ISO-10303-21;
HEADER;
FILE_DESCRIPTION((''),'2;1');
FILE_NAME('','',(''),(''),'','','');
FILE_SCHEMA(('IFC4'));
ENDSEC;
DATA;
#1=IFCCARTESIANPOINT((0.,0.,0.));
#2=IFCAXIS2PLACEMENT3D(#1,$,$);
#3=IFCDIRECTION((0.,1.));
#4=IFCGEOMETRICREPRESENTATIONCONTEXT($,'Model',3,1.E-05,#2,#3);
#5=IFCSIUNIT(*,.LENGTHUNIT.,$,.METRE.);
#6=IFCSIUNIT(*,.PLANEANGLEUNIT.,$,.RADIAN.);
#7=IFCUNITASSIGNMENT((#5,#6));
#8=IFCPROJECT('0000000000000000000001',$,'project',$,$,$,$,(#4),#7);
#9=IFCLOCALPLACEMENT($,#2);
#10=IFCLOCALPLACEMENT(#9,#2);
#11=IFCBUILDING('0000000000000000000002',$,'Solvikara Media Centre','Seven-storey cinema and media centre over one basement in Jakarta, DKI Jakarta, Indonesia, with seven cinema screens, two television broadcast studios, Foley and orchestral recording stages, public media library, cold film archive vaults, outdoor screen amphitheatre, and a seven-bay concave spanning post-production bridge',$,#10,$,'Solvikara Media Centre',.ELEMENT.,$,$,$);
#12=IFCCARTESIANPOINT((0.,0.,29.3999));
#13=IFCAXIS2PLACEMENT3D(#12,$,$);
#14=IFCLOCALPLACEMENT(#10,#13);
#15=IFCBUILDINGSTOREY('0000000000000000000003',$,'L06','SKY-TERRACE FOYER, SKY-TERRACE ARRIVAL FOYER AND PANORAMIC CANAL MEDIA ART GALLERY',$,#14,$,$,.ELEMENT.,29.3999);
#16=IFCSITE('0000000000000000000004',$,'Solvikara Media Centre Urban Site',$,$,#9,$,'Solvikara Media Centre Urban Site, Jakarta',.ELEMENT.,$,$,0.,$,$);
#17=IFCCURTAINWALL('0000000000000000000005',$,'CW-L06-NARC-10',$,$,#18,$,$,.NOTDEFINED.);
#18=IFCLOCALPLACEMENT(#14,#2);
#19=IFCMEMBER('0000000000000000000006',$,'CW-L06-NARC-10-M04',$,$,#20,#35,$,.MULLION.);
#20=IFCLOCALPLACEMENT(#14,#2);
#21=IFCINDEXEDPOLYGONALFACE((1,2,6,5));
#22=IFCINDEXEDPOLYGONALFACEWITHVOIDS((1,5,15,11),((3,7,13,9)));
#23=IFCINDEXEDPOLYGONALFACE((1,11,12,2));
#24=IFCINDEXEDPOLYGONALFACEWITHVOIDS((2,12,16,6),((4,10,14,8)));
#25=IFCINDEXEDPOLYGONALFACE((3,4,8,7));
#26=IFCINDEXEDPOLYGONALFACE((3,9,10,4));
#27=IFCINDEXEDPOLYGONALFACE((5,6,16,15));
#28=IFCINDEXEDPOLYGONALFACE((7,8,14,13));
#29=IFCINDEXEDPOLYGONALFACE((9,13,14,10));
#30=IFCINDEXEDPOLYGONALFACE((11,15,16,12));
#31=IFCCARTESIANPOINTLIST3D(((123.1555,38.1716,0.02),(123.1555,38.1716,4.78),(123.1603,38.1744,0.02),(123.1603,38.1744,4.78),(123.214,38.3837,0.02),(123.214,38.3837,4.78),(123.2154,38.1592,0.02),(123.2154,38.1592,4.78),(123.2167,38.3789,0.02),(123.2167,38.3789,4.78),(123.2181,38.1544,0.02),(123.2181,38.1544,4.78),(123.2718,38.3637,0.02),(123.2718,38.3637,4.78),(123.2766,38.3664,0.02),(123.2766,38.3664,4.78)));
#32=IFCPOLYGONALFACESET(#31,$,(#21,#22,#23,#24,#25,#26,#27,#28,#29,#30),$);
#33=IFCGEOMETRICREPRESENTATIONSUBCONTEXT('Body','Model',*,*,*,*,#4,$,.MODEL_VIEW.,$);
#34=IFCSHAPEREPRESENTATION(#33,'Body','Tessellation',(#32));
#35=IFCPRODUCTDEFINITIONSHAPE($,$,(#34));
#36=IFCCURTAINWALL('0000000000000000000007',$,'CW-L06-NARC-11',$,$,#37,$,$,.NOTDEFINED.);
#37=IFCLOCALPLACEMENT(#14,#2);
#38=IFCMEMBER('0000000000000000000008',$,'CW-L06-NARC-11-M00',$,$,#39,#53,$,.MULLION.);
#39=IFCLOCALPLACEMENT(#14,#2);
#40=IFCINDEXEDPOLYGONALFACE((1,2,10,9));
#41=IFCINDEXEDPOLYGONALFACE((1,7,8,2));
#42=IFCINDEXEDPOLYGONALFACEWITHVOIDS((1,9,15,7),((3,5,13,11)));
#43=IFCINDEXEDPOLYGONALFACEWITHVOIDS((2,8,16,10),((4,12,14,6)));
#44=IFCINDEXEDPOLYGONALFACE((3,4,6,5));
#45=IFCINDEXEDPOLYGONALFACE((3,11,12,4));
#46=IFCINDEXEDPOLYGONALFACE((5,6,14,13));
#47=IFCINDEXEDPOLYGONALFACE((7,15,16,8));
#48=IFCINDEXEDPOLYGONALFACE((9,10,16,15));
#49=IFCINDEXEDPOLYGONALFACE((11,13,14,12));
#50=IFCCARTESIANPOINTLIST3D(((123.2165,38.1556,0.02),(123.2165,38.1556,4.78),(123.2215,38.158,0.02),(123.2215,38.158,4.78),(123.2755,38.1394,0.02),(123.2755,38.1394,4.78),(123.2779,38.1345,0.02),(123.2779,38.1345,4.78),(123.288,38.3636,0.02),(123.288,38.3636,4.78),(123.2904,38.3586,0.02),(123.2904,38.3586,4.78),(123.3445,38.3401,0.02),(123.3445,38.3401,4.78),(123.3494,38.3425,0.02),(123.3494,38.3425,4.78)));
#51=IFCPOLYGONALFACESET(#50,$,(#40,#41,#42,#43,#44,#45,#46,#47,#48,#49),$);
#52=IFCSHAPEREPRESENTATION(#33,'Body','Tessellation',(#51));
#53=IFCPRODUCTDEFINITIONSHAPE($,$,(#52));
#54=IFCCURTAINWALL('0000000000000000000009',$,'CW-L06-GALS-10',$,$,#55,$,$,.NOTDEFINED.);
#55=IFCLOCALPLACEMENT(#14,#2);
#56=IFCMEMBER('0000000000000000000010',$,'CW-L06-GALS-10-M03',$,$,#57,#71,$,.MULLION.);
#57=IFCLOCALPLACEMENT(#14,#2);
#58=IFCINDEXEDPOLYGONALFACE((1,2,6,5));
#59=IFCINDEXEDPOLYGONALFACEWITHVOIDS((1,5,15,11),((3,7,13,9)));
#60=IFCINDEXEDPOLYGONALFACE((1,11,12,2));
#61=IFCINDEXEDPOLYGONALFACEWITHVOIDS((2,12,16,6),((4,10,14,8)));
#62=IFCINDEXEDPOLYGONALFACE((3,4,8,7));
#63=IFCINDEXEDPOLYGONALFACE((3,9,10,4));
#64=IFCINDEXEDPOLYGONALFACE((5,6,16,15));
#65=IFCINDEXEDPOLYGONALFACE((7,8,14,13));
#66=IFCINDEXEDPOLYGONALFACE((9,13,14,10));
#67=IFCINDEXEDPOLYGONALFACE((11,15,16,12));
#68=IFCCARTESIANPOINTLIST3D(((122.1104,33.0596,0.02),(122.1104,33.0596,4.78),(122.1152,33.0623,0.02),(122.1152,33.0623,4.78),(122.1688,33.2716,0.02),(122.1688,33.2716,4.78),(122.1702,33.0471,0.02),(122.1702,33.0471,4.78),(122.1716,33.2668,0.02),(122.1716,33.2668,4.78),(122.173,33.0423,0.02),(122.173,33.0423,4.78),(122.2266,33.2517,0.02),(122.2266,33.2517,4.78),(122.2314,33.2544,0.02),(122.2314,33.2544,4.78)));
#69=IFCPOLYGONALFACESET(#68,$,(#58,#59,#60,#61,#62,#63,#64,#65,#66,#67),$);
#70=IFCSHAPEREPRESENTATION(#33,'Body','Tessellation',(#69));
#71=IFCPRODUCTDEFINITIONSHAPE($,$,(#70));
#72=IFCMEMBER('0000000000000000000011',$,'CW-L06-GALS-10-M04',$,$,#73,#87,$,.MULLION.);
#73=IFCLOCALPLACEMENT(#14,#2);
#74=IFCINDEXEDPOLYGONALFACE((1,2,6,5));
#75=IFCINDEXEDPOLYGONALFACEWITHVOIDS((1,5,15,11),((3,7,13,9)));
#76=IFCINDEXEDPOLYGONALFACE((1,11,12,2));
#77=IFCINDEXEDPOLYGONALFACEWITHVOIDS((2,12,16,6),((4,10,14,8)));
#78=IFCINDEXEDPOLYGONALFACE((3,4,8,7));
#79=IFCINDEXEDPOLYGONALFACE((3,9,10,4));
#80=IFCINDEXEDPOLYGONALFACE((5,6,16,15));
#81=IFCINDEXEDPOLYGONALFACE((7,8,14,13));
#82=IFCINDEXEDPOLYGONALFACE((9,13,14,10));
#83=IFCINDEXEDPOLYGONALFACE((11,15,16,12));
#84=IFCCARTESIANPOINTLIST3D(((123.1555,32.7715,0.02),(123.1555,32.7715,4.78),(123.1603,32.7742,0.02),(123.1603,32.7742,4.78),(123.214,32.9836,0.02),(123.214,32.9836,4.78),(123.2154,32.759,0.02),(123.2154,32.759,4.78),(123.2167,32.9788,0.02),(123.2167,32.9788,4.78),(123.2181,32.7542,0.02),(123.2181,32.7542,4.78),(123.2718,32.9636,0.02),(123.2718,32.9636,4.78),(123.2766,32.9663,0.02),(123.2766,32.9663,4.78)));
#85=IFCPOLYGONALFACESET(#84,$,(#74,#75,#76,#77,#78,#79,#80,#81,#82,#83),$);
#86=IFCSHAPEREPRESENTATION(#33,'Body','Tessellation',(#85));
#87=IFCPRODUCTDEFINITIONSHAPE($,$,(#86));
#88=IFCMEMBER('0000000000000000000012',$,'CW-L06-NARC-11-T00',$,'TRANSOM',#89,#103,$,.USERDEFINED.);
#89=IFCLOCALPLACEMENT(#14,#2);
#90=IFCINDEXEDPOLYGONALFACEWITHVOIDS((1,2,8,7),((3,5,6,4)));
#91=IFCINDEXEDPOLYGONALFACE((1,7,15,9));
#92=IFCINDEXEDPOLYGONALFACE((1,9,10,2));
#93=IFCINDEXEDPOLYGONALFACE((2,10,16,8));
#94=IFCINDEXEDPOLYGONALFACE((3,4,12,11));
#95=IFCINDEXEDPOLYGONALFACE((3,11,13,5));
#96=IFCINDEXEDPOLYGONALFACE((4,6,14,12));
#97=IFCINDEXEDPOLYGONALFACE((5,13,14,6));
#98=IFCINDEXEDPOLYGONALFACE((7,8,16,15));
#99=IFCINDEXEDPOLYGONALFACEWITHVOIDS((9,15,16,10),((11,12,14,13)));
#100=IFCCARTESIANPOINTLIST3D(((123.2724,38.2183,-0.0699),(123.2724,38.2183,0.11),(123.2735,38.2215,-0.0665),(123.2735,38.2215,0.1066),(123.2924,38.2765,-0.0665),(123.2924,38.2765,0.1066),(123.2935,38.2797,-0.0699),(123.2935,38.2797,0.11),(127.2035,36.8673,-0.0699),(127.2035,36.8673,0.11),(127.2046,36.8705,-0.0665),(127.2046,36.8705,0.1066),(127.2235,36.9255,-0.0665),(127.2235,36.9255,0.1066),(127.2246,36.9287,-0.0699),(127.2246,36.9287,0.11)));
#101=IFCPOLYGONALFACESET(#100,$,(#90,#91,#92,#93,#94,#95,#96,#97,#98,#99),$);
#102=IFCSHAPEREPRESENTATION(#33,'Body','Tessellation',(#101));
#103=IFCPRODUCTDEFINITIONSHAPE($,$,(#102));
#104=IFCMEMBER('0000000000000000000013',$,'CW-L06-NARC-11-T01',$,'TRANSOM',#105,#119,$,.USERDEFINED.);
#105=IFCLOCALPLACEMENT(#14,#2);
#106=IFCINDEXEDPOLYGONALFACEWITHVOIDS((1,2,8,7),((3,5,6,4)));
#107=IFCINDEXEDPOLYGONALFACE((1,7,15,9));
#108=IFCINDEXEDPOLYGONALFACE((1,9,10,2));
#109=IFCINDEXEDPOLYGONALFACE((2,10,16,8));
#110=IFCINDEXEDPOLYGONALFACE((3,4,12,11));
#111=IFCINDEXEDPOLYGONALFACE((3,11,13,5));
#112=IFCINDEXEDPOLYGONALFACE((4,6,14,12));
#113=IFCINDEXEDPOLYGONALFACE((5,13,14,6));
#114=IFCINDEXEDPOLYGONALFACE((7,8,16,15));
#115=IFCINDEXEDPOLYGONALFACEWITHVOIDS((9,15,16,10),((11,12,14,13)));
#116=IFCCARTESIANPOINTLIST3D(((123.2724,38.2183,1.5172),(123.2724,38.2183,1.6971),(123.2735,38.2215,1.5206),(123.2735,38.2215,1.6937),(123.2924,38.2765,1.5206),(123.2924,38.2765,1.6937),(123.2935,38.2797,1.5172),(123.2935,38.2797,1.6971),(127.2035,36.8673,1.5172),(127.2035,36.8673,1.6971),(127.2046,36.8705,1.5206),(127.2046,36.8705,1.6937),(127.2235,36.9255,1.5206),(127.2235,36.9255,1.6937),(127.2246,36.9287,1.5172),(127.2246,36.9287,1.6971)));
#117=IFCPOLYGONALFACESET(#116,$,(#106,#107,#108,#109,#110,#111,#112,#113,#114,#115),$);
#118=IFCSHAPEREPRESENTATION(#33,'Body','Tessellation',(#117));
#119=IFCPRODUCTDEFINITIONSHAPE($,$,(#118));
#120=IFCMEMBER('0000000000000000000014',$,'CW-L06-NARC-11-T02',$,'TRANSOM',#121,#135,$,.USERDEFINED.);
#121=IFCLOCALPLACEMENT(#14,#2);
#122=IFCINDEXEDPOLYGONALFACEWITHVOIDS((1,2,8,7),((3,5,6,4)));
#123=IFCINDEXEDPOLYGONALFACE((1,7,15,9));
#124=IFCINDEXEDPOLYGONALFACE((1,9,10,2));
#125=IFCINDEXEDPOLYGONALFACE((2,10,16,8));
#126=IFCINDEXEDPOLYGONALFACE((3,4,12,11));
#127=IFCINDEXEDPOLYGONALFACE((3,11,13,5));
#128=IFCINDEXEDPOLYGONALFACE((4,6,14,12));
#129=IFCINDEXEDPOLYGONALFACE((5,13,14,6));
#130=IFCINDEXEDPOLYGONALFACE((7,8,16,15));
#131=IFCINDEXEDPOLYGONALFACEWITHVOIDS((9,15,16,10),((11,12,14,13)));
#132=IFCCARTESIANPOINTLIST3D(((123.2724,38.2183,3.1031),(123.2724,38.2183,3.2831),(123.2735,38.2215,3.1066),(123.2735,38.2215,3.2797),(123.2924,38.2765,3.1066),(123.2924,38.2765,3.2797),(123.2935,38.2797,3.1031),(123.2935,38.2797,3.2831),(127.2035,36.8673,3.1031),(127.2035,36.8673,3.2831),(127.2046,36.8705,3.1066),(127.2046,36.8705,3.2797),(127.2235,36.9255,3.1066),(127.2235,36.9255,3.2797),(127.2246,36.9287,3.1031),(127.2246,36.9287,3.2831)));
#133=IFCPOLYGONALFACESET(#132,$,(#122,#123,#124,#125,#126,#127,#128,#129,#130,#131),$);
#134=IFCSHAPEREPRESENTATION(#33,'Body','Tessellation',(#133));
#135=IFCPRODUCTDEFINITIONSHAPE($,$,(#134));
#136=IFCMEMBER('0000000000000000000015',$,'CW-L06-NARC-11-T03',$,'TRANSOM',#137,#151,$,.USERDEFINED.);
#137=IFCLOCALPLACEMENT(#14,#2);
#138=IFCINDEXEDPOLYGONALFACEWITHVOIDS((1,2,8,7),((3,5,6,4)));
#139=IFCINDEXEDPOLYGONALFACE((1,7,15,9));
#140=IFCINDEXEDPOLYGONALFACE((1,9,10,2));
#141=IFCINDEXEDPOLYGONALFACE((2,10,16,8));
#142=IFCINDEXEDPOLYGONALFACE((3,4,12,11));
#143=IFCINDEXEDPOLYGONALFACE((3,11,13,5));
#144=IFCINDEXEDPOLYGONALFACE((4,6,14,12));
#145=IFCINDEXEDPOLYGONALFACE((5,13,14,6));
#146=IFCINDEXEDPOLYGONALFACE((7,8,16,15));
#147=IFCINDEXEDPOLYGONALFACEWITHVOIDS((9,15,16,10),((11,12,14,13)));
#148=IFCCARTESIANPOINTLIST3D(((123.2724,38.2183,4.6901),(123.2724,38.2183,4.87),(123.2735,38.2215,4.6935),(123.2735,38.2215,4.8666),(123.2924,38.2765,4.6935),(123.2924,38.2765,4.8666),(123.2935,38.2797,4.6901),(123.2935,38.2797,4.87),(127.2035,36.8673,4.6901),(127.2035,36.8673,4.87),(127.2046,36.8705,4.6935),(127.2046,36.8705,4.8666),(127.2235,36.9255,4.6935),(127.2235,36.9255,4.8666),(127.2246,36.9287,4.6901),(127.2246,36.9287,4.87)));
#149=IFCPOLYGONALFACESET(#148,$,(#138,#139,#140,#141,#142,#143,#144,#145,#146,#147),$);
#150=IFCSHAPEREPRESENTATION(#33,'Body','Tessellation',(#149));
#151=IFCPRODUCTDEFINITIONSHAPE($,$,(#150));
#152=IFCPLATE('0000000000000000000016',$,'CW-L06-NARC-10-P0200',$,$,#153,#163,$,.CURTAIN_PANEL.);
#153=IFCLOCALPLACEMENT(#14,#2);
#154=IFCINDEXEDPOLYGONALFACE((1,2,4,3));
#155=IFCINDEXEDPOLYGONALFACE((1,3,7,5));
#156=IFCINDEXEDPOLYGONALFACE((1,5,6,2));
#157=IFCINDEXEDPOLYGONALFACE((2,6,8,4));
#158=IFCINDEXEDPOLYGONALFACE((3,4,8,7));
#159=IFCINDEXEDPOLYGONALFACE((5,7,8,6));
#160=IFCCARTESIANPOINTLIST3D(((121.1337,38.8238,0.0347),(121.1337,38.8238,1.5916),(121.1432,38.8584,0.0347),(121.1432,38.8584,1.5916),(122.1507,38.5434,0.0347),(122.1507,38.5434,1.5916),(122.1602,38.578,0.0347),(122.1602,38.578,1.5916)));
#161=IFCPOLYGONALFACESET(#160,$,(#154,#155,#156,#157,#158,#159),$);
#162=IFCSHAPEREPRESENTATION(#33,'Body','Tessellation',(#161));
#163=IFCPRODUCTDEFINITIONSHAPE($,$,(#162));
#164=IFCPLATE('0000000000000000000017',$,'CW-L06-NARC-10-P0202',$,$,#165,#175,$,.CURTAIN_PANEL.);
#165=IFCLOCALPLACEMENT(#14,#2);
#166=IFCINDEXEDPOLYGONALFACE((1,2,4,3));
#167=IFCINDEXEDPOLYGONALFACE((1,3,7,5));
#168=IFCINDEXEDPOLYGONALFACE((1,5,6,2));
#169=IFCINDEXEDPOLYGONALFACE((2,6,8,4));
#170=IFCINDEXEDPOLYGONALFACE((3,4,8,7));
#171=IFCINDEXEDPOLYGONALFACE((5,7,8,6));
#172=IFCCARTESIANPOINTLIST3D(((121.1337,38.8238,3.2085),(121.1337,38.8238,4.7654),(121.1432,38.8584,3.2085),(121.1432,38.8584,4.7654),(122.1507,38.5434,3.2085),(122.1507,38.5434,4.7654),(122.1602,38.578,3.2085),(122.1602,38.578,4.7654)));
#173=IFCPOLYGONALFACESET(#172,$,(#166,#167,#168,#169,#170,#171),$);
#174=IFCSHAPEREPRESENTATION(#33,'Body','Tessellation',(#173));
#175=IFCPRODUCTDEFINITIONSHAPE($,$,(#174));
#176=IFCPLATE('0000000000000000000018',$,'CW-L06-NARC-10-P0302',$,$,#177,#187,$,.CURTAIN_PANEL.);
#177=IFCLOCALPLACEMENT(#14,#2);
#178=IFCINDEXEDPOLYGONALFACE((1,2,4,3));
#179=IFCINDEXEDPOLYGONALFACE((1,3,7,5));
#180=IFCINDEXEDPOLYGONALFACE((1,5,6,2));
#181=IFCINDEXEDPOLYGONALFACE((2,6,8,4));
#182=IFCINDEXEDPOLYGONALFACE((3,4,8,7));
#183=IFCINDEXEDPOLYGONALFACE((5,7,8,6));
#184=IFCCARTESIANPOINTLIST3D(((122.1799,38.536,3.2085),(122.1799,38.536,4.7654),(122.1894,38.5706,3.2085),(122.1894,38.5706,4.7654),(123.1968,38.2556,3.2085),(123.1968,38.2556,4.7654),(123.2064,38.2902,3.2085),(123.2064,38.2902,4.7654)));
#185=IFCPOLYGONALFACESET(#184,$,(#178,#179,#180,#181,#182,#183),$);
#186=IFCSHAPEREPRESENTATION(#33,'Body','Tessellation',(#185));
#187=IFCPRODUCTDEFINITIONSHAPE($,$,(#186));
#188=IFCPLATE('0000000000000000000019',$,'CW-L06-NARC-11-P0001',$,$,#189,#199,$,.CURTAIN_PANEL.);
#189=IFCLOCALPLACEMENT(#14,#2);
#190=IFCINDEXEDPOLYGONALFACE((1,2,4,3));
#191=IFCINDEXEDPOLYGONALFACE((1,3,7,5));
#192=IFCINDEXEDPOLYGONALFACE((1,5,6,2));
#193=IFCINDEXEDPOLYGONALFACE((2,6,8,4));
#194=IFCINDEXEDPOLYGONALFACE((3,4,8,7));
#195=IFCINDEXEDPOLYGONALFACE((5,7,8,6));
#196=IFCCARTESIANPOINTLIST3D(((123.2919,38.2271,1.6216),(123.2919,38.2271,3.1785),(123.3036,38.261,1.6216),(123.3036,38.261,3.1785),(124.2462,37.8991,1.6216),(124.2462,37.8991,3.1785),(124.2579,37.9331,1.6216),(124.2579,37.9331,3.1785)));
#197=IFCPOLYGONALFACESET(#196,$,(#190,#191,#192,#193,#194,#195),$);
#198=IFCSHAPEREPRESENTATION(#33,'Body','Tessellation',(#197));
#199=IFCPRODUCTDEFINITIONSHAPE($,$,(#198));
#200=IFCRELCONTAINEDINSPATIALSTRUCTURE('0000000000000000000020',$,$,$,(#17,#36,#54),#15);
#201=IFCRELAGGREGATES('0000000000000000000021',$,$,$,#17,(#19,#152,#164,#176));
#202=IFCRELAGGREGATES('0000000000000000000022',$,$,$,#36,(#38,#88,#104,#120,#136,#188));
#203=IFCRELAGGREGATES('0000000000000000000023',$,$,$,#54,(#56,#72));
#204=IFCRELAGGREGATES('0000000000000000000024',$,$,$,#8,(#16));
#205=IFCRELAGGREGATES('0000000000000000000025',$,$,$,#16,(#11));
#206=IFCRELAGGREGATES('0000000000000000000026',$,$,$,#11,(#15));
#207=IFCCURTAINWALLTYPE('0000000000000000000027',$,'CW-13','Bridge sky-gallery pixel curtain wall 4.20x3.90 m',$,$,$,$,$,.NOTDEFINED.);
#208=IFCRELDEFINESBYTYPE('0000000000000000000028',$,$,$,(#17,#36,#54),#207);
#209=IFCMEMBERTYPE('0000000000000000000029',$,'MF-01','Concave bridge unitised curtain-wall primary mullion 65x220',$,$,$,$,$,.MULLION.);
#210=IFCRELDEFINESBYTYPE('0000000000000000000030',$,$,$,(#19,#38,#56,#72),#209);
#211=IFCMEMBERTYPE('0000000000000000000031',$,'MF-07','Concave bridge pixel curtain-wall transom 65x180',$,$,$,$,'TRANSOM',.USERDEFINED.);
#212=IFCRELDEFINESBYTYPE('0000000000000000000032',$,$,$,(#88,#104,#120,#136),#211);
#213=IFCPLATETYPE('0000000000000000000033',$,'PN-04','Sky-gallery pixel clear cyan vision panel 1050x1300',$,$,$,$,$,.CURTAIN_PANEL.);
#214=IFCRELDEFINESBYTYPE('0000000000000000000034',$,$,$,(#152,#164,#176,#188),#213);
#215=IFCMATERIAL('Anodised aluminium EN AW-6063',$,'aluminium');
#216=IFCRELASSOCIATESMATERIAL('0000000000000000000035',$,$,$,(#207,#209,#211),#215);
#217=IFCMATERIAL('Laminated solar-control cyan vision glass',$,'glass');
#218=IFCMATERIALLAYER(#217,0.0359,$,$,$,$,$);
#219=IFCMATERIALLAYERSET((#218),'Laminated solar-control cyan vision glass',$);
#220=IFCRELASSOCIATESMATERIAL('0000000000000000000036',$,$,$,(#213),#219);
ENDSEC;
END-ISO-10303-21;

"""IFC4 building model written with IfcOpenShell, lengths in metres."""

from ifc_helpers import new_model, si_unit, direction, frame, origin, origin_2d, place, context, subcontext, project, spatial, rectangle, hollow_rectangle, extrude, material, layer, layer_set, material_profile, profile_set, type_object, element, aggregate, save


model = new_model("IFC4")

# Units and contexts
model_context = context("Model", 3, precision=1e-05, world=origin(), true_north=direction((0.0, 1.0)))
body_context = subcontext(model_context, "Body", "Model", "MODEL_VIEW")
ifc_project = project(units=[si_unit("LENGTHUNIT", "METRE"), si_unit("PLANEANGLEUNIT", "RADIAN")], contexts=[model_context])

# Site, building, storey
site_placement = place(None, origin())
site = spatial("IfcSite", under=ifc_project, at=site_placement, Name="Solvikara Media Centre Urban Site", LongName="Solvikara Media Centre Urban Site, Jakarta", CompositionType="ELEMENT", RefElevation=0.0)
building_placement = place(site_placement, origin())
building = spatial("IfcBuilding", under=site, at=building_placement, Name="Solvikara Media Centre", Description="Seven-storey cinema and media centre over one basement in Jakarta, DKI Jakarta, Indonesia, with seven cinema screens, two television broadcast studios, Foley and orchestral recording stages, public media library, cold film archive vaults, outdoor screen amphitheatre, and a seven-bay concave spanning post-production bridge", LongName="Solvikara Media Centre", CompositionType="ELEMENT")
storey_placement = place(building_placement, frame((0.0, 0.0, 29.3999)))
storey = spatial("IfcBuildingStorey", under=building, at=storey_placement, Name="L06", Description="SKY-TERRACE FOYER, SKY-TERRACE ARRIVAL FOYER AND PANORAMIC CANAL MEDIA ART GALLERY", CompositionType="ELEMENT", Elevation=29.3999)

# Curtain wall, member
ifc_material_1 = material(Name="Anodised aluminium EN AW-6063", Category="aluminium")
curtain_wall_type = type_object("IfcCurtainWallType", Name="CW-13", Description="Bridge sky-gallery pixel curtain wall 4.20x3.90 m", PredefinedType="NOTDEFINED", material=ifc_material_1)
curtain_wall_1_placement = place(storey_placement, origin())
curtain_wall_1 = element("IfcCurtainWall", 1, at=curtain_wall_1_placement, inside=storey, type_object=curtain_wall_type, Name="CW-L06-NARC-10", PredefinedType="NOTDEFINED")
ifc_material_profile_1 = material_profile(ifc_material_1, hollow_rectangle(XDim=0.0649, YDim=0.22, WallThickness=0.0039, at=origin_2d()), Name="ALU-M 65x220x4")
ifc_profile_set_1 = profile_set([ifc_material_profile_1], Name="Anodised aluminium EN AW-6063")
member_type_1 = type_object("IfcMemberType", Name="MF-01", Description="Concave bridge unitised curtain-wall primary mullion 65x220", PredefinedType="MULLION", material=ifc_profile_set_1)
member_1_placement = place(storey_placement, frame((123.2161, 38.269, 0.02), z_axis=(0.0, 0.0, 1.0), x_axis=(0.96403, -0.265792, 0.0)))
member_1 = element("IfcMember", 2, at=member_1_placement, type_object=member_type_1, Name="CW-L06-NARC-10-M04", PredefinedType="MULLION", context=body_context, shape_type="SweptSolid", body=[
    extrude(hollow_rectangle(XDim=0.0649, YDim=0.22, WallThickness=0.0039, at=origin_2d()), origin(), (0.0, 0.0, 1.0), 4.76),
])

# Curtain wall, member
curtain_wall_2_placement = place(storey_placement, origin())
curtain_wall_2 = element("IfcCurtainWall", 3, at=curtain_wall_2_placement, inside=storey, type_object=curtain_wall_type, Name="CW-L06-NARC-11", PredefinedType="NOTDEFINED")
member_2_placement = place(storey_placement, frame((123.283, 38.249, 0.02), z_axis=(0.0, 0.0, 1.0), x_axis=(0.945706, -0.325024, 0.0)))
member_2 = element("IfcMember", 4, at=member_2_placement, type_object=member_type_1, Name="CW-L06-NARC-11-M00", PredefinedType="MULLION", context=body_context, shape_type="SweptSolid", body=[
    extrude(hollow_rectangle(XDim=0.0649, YDim=0.22, WallThickness=0.0039, at=origin_2d()), origin(), (0.0, 0.0, 1.0), 4.76),
])

# Curtain wall, members
curtain_wall_3_placement = place(storey_placement, origin())
curtain_wall_3 = element("IfcCurtainWall", 5, at=curtain_wall_3_placement, inside=storey, type_object=curtain_wall_type, Name="CW-L06-GALS-10", PredefinedType="NOTDEFINED")
member_3_placement = place(storey_placement, frame((122.1709, 33.157, 0.02), z_axis=(0.0, 0.0, 1.0), x_axis=(0.96403, -0.265792, 0.0)))
member_3 = element("IfcMember", 6, at=member_3_placement, type_object=member_type_1, Name="CW-L06-GALS-10-M03", PredefinedType="MULLION", context=body_context, shape_type="SweptSolid", body=[
    extrude(hollow_rectangle(XDim=0.0649, YDim=0.22, WallThickness=0.0039, at=origin_2d()), origin(), (0.0, 0.0, 1.0), 4.76),
])
member_4_placement = place(storey_placement, frame((123.2161, 32.8689, 0.02), z_axis=(0.0, 0.0, 1.0), x_axis=(0.96403, -0.265792, 0.0)))
member_4 = element("IfcMember", 7, at=member_4_placement, type_object=member_type_1, Name="CW-L06-GALS-10-M04", PredefinedType="MULLION", context=body_context, shape_type="SweptSolid", body=[
    extrude(hollow_rectangle(XDim=0.0649, YDim=0.22, WallThickness=0.0039, at=origin_2d()), origin(), (0.0, 0.0, 1.0), 4.76),
])

# Members
ifc_material_profile_2 = material_profile(ifc_material_1, hollow_rectangle(XDim=0.0649, YDim=0.1799, WallThickness=0.0034, at=origin_2d()), Name="ALU-T 65x180x3.5")
ifc_profile_set_2 = profile_set([ifc_material_profile_2], Name="Anodised aluminium EN AW-6063")
member_type_2 = type_object("IfcMemberType", Name="MF-07", Description="Concave bridge pixel curtain-wall transom 65x180", ElementType="TRANSOM", PredefinedType="USERDEFINED", material=ifc_profile_set_2)
member_5_placement = place(storey_placement, frame((123.283, 38.249, 0.02), z_axis=(0.945706, -0.325024, 0.0), x_axis=(0.325024, 0.945706, 0.0)))
member_5 = element("IfcMember", 8, at=member_5_placement, type_object=member_type_2, Name="CW-L06-NARC-11-T00", ObjectType="TRANSOM", PredefinedType="USERDEFINED", context=body_context, shape_type="SweptSolid", body=[
    extrude(hollow_rectangle(XDim=0.0649, YDim=0.1799, WallThickness=0.0034, at=origin_2d()), origin(), (0.0, 0.0, 1.0), 4.1567),
])
member_6_placement = place(storey_placement, frame((123.283, 38.249, 1.6072), z_axis=(0.945706, -0.325024, 0.0), x_axis=(0.325024, 0.945706, 0.0)))
member_6 = element("IfcMember", 9, at=member_6_placement, type_object=member_type_2, Name="CW-L06-NARC-11-T01", ObjectType="TRANSOM", PredefinedType="USERDEFINED", context=body_context, shape_type="SweptSolid", body=[
    extrude(hollow_rectangle(XDim=0.0649, YDim=0.1799, WallThickness=0.0034, at=origin_2d()), origin(), (0.0, 0.0, 1.0), 4.1567),
])
member_7_placement = place(storey_placement, frame((123.283, 38.249, 3.1931), z_axis=(0.945706, -0.325024, 0.0), x_axis=(0.325024, 0.945706, 0.0)))
member_7 = element("IfcMember", 10, at=member_7_placement, type_object=member_type_2, Name="CW-L06-NARC-11-T02", ObjectType="TRANSOM", PredefinedType="USERDEFINED", context=body_context, shape_type="SweptSolid", body=[
    extrude(hollow_rectangle(XDim=0.0649, YDim=0.1799, WallThickness=0.0034, at=origin_2d()), origin(), (0.0, 0.0, 1.0), 4.1567),
])
member_8_placement = place(storey_placement, frame((123.283, 38.249, 4.78), z_axis=(0.945706, -0.325024, 0.0), x_axis=(0.325024, 0.945706, 0.0)))
member_8 = element("IfcMember", 11, at=member_8_placement, type_object=member_type_2, Name="CW-L06-NARC-11-T03", ObjectType="TRANSOM", PredefinedType="USERDEFINED", context=body_context, shape_type="SweptSolid", body=[
    extrude(hollow_rectangle(XDim=0.0649, YDim=0.1799, WallThickness=0.0034, at=origin_2d()), origin(), (0.0, 0.0, 1.0), 4.1567),
])

# Plates
ifc_material_2 = material(Name="Laminated solar-control cyan vision glass", Category="glass")
ifc_layer_1 = layer(ifc_material_2, 0.0359)
ifc_layer_set_1 = layer_set([ifc_layer_1], Name="Laminated solar-control cyan vision glass")
plate_type_1 = type_object("IfcPlateType", Name="PN-04", Description="Sky-gallery pixel clear cyan vision panel 1050x1300", PredefinedType="CURTAIN_PANEL", material=ifc_layer_set_1)
plate_1_placement = place(storey_placement, frame((121.647, 38.7009, 0.0347), z_axis=(0.0, 0.0, 1.0), x_axis=(0.96403, -0.265792, 0.0)))
plate_1 = element("IfcPlate", 12, at=plate_1_placement, type_object=plate_type_1, Name="CW-L06-NARC-10-P0200", PredefinedType="CURTAIN_PANEL", context=body_context, shape_type="SweptSolid", body=[
    extrude(rectangle(XDim=1.0549, YDim=0.0359, at=origin_2d()), origin(), (0.0, 0.0, 1.0), 1.5569),
])
plate_2_placement = place(storey_placement, frame((121.647, 38.7009, 3.2085), z_axis=(0.0, 0.0, 1.0), x_axis=(0.96403, -0.265792, 0.0)))
plate_2 = element("IfcPlate", 13, at=plate_2_placement, type_object=plate_type_1, Name="CW-L06-NARC-10-P0202", PredefinedType="CURTAIN_PANEL", context=body_context, shape_type="SweptSolid", body=[
    extrude(rectangle(XDim=1.0549, YDim=0.0359, at=origin_2d()), origin(), (0.0, 0.0, 1.0), 1.5569),
])
plate_3_placement = place(storey_placement, frame((122.6931, 38.4131, 3.2085), z_axis=(0.0, 0.0, 1.0), x_axis=(0.96403, -0.265792, 0.0)))
plate_3 = element("IfcPlate", 14, at=plate_3_placement, type_object=plate_type_1, Name="CW-L06-NARC-10-P0302", PredefinedType="CURTAIN_PANEL", context=body_context, shape_type="SweptSolid", body=[
    extrude(rectangle(XDim=1.0549, YDim=0.0359, at=origin_2d()), origin(), (0.0, 0.0, 1.0), 1.5569),
])
plate_4_placement = place(storey_placement, frame((123.7749, 38.0801, 1.6216), z_axis=(0.0, 0.0, 1.0), x_axis=(0.945706, -0.325024, 0.0)))
plate_4 = element("IfcPlate", 15, at=plate_4_placement, type_object=plate_type_1, Name="CW-L06-NARC-11-P0001", PredefinedType="CURTAIN_PANEL", context=body_context, shape_type="SweptSolid", body=[
    extrude(rectangle(XDim=1.009, YDim=0.0359, at=origin_2d()), origin(), (0.0, 0.0, 1.0), 1.5569),
])
aggregate(curtain_wall_1, [member_1, plate_1, plate_2, plate_3])
aggregate(curtain_wall_2, [member_2, member_5, member_6, member_7, member_8, plate_4])
aggregate(curtain_wall_3, [member_3, member_4])

save(model, "model.ifc")
